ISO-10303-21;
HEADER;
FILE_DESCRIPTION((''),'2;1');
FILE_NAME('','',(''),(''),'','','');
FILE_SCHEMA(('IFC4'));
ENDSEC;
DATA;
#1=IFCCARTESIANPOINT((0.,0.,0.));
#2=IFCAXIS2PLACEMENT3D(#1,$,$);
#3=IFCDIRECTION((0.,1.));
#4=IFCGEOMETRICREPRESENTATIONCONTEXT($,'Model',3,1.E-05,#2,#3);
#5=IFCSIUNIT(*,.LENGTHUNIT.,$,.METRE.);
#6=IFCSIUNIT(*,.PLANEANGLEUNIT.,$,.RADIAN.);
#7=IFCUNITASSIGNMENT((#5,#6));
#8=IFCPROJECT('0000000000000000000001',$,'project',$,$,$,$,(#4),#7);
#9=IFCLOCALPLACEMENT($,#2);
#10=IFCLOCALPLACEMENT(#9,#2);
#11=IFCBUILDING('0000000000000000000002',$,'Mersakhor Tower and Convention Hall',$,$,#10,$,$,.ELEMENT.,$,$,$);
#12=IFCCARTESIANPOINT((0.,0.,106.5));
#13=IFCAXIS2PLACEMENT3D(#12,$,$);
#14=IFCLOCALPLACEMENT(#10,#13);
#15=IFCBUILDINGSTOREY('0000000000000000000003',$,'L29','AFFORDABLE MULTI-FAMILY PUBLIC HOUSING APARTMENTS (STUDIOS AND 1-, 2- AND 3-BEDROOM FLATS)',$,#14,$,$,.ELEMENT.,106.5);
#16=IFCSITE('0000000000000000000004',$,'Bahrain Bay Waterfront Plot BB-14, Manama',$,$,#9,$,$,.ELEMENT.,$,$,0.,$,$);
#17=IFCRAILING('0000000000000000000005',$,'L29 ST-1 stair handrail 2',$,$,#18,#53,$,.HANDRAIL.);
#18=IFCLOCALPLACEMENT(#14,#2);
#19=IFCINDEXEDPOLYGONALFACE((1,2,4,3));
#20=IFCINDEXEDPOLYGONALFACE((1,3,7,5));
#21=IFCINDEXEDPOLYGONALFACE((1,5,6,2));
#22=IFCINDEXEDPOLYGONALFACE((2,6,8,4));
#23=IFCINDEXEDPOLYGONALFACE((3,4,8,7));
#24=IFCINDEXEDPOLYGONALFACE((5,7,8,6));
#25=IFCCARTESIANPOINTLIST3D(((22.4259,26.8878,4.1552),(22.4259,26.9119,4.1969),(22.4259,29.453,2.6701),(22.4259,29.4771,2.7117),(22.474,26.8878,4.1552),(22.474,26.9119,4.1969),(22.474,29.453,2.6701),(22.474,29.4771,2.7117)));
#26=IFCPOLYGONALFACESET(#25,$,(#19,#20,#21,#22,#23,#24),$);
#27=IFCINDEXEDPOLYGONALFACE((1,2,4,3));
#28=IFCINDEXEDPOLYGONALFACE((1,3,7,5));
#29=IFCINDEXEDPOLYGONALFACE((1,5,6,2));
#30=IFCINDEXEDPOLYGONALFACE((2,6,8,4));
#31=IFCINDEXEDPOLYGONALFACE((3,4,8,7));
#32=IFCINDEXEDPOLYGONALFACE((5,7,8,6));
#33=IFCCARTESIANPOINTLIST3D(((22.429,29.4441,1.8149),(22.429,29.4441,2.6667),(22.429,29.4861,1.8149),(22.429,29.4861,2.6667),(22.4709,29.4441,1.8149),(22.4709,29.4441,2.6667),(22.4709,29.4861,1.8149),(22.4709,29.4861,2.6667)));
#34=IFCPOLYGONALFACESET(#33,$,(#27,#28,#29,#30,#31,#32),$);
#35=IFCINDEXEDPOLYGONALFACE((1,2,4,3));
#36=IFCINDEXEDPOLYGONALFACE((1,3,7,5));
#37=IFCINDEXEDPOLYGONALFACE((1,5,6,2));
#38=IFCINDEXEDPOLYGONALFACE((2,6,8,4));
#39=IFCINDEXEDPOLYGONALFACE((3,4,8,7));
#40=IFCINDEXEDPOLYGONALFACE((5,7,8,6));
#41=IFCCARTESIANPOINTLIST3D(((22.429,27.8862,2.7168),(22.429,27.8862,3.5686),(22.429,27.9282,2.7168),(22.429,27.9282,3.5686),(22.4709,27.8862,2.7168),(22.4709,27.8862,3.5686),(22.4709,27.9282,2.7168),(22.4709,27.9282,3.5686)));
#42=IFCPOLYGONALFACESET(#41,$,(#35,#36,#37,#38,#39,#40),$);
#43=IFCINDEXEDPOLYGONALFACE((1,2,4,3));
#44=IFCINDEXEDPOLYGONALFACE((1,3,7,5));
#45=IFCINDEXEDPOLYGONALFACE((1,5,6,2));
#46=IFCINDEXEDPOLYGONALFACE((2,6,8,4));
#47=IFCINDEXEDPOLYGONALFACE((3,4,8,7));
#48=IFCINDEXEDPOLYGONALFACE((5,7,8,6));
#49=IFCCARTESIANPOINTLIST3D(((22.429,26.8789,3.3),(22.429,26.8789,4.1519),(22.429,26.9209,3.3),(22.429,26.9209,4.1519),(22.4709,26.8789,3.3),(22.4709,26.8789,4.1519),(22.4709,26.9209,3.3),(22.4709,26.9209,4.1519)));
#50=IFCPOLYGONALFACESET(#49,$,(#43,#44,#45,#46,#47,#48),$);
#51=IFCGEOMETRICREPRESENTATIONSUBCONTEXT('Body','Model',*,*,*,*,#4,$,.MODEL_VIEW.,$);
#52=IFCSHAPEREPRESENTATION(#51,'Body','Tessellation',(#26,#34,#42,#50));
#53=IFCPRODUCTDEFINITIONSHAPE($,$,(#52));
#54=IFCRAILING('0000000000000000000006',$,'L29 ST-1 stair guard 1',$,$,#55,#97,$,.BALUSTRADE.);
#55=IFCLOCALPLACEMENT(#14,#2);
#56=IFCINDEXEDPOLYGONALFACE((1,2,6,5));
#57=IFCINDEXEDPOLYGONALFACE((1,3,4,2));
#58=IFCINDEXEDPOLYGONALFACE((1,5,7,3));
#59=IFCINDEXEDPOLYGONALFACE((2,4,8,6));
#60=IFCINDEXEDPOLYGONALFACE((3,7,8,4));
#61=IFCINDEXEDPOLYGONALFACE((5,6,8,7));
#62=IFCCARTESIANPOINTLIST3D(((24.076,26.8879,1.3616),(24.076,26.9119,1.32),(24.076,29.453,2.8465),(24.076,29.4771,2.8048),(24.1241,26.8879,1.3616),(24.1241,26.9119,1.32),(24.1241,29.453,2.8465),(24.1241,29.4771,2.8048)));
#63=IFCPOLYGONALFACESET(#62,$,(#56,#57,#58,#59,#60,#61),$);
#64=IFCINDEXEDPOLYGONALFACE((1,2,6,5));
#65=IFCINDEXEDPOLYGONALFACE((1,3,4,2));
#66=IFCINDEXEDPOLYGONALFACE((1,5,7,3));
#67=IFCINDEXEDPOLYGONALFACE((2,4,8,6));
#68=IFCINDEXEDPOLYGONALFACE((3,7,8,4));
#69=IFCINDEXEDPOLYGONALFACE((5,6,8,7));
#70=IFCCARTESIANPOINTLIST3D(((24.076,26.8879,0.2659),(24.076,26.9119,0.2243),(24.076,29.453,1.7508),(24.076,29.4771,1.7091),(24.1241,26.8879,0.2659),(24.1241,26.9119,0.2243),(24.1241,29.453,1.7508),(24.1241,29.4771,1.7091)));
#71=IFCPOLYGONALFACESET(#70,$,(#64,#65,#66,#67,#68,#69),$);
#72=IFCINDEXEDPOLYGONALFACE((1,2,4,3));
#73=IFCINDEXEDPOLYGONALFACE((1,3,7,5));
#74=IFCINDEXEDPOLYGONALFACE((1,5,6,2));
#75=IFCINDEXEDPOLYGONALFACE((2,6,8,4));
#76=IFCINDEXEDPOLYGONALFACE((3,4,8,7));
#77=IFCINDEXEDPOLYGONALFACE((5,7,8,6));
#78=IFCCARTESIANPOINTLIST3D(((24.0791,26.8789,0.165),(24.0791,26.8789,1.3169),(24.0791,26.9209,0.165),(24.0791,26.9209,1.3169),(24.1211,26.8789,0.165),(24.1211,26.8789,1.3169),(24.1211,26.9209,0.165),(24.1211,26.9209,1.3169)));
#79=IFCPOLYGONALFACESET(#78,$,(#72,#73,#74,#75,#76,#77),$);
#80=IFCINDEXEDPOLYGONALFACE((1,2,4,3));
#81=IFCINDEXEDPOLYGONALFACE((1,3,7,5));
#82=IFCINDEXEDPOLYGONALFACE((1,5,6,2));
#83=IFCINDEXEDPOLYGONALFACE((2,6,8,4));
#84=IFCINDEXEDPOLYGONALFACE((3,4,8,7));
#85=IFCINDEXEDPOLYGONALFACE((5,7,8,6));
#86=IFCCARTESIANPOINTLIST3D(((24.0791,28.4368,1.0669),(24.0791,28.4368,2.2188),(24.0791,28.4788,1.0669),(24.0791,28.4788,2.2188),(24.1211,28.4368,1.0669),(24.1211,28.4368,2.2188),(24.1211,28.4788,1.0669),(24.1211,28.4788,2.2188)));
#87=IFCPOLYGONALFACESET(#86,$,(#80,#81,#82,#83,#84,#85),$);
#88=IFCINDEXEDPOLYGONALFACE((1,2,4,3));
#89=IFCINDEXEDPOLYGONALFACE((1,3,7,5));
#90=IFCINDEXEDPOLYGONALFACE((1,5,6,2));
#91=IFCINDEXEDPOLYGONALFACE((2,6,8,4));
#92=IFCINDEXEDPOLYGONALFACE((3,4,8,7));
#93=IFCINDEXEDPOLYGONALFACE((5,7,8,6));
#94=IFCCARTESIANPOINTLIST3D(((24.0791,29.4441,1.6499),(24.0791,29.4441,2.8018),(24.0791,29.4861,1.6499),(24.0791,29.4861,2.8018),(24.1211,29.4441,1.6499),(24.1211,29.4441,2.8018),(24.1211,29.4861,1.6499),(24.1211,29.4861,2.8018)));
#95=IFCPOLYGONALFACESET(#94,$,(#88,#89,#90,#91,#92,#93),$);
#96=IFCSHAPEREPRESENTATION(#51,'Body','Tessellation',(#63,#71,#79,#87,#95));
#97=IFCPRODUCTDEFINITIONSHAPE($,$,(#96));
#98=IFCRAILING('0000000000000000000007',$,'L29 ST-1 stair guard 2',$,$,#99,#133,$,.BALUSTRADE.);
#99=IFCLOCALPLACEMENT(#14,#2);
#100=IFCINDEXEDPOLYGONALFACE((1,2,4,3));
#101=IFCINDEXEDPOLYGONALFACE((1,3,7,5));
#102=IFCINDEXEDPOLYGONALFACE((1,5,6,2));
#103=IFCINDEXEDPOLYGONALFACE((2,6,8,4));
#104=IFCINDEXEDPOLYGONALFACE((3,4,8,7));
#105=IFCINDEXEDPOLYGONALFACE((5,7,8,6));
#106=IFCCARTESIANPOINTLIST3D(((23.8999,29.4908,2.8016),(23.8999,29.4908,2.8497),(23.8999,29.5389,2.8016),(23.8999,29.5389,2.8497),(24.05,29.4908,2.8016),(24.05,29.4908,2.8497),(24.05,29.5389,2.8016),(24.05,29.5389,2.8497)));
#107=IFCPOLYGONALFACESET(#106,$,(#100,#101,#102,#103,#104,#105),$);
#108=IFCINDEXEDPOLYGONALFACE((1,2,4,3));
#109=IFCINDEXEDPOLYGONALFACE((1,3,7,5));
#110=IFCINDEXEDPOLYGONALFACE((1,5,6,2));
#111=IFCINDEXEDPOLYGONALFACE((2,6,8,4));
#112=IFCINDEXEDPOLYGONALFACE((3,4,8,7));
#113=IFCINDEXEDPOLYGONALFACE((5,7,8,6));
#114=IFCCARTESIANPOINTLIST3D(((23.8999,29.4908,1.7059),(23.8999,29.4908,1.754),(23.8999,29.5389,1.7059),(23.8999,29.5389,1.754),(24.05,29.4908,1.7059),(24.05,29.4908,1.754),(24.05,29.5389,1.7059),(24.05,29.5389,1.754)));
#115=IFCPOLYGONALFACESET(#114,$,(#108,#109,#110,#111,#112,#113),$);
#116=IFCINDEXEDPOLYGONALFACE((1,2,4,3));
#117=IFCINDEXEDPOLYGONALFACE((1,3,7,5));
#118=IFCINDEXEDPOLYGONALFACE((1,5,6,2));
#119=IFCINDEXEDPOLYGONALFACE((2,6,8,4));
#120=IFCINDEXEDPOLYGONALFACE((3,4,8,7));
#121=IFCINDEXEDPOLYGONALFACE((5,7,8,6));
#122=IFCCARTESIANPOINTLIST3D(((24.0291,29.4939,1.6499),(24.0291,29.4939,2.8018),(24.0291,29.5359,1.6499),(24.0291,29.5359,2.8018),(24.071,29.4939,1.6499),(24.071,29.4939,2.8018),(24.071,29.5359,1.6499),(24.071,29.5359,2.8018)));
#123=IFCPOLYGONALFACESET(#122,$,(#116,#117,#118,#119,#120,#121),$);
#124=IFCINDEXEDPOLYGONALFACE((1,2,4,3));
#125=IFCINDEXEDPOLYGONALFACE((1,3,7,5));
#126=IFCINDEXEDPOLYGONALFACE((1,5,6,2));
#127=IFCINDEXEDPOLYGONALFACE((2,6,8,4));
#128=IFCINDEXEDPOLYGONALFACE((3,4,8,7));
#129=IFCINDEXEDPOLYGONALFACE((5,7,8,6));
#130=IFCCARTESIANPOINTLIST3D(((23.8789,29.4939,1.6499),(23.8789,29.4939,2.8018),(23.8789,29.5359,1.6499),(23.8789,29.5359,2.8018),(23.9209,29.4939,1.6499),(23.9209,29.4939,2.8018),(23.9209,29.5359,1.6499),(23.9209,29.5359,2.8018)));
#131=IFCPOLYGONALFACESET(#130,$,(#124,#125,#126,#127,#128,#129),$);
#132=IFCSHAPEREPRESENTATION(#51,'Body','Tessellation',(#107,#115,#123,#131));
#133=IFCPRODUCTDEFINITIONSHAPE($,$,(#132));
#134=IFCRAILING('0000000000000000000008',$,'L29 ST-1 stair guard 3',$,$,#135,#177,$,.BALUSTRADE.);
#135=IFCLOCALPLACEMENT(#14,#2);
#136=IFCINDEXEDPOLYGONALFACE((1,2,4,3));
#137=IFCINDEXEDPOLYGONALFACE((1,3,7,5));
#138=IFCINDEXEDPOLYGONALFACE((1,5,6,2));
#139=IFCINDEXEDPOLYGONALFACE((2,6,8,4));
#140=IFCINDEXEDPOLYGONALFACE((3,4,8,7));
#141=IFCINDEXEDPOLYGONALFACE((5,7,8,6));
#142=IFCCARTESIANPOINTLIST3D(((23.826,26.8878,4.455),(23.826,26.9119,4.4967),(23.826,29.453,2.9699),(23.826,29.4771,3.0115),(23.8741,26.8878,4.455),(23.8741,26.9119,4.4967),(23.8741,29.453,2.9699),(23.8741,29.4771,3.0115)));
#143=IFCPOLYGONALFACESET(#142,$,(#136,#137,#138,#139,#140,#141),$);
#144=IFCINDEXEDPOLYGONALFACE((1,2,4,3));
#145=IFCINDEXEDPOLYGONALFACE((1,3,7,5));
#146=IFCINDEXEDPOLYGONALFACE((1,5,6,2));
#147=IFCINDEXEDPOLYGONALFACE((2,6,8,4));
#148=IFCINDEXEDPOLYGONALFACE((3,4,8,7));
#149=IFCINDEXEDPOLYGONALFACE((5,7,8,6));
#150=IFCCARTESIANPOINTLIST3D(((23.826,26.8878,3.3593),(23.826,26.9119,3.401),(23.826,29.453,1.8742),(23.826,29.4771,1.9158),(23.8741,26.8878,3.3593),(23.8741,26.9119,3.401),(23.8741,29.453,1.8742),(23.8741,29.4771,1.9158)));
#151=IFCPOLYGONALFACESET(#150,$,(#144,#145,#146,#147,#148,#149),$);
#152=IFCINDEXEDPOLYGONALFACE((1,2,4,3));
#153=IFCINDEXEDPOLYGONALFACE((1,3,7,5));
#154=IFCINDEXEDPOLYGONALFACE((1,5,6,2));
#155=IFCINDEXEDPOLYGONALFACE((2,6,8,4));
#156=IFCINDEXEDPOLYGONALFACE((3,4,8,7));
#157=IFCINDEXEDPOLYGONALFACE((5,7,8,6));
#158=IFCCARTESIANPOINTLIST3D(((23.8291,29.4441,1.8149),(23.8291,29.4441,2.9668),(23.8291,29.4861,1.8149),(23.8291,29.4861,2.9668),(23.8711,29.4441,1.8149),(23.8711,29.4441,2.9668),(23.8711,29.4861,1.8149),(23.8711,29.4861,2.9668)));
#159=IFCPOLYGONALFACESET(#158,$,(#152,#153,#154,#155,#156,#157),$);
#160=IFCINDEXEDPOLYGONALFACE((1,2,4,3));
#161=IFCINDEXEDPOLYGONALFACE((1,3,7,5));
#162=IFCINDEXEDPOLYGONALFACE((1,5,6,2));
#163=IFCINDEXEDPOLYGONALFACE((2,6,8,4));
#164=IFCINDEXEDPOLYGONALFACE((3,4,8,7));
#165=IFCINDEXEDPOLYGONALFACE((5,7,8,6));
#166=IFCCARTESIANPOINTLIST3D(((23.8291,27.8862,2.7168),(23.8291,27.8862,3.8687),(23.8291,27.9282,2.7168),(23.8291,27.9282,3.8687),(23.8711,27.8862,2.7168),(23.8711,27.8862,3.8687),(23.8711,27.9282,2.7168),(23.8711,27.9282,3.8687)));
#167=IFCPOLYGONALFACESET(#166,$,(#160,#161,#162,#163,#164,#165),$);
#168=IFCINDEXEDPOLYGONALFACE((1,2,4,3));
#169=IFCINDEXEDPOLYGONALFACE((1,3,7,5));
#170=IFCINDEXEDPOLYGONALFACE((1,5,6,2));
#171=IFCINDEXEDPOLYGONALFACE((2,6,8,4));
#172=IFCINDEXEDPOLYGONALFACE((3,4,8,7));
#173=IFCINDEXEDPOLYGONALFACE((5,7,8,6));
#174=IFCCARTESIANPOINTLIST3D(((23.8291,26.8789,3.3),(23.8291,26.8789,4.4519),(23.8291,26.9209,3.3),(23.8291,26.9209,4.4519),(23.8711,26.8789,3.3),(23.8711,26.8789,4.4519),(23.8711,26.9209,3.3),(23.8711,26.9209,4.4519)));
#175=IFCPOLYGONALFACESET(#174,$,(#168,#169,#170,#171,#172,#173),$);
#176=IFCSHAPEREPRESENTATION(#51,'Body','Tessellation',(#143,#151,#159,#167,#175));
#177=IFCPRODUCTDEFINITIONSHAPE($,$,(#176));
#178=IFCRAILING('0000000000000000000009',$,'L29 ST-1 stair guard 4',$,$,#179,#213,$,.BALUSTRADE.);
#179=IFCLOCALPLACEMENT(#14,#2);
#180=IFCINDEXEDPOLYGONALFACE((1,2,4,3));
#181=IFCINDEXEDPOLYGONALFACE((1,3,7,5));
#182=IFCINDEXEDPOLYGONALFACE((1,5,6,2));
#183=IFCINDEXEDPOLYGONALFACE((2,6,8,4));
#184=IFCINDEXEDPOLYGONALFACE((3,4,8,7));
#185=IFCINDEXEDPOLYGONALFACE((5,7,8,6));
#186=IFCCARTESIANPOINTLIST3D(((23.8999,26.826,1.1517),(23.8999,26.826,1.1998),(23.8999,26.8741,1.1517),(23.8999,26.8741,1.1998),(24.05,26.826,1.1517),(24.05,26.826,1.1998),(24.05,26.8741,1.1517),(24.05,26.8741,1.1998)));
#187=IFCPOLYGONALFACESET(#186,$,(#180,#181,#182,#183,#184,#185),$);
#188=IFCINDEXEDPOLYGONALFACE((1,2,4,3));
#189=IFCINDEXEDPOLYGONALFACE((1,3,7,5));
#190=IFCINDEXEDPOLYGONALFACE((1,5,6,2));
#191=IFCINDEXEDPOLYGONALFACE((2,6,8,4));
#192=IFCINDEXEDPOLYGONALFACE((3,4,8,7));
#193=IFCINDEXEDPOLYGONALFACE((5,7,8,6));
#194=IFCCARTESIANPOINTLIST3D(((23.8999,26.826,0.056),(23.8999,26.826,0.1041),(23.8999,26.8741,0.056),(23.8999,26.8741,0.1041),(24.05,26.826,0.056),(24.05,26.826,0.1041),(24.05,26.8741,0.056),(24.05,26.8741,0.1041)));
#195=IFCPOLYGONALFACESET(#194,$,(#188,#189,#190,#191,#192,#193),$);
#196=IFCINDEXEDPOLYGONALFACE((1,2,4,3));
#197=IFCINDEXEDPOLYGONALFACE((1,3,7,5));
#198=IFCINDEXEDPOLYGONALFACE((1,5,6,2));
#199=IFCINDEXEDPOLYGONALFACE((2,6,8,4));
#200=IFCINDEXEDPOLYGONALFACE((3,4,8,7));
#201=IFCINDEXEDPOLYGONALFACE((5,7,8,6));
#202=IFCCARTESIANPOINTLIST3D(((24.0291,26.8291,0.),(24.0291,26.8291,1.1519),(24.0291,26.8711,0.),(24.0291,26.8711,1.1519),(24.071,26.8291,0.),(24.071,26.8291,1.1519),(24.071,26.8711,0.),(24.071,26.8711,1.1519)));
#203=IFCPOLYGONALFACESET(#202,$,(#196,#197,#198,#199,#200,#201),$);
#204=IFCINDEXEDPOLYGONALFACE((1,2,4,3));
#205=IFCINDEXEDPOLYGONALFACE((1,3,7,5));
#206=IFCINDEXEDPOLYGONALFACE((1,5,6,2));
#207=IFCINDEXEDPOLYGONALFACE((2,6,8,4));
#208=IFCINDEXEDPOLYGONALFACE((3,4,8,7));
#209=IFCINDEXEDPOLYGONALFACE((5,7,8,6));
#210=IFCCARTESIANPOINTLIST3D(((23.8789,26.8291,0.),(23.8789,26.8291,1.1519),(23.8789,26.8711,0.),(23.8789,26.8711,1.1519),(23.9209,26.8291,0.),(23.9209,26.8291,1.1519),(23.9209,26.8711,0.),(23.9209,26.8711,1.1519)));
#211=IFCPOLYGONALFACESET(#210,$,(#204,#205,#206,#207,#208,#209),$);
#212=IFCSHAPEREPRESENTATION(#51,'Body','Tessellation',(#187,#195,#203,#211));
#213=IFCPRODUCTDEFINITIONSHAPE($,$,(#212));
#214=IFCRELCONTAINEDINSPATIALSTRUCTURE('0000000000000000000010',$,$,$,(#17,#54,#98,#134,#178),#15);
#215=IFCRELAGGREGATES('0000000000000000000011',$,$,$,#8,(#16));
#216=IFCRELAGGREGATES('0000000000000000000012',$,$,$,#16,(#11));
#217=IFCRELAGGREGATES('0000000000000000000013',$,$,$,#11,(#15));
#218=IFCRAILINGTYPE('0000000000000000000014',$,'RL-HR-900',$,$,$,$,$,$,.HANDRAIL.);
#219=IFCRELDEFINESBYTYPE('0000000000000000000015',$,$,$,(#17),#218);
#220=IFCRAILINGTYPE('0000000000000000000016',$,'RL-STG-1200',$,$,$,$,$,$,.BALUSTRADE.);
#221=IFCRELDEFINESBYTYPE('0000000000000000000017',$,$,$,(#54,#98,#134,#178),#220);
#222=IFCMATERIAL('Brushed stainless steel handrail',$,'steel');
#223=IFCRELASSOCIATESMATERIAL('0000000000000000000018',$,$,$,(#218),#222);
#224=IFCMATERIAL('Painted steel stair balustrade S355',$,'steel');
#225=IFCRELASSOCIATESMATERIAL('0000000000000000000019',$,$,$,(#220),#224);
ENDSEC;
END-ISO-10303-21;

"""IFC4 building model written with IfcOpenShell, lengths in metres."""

from ifc_helpers import new_model, si_unit, direction, frame, origin, origin_2d, place, context, subcontext, project, spatial, rectangle, extrude, material, type_object, element, save


model = new_model("IFC4")

# Units and contexts
model_context = context("Model", 3, precision=1e-05, world=origin(), true_north=direction((0.0, 1.0)))
body_context = subcontext(model_context, "Body", "Model", "MODEL_VIEW")
ifc_project = project(units=[si_unit("LENGTHUNIT", "METRE"), si_unit("PLANEANGLEUNIT", "RADIAN")], contexts=[model_context])

# Site, building, storey
site_placement = place(None, origin())
site = spatial("IfcSite", under=ifc_project, at=site_placement, Name="Bahrain Bay Waterfront Plot BB-14, Manama", CompositionType="ELEMENT", RefElevation=0.0)
building_placement = place(site_placement, origin())
building = spatial("IfcBuilding", under=site, at=building_placement, Name="Mersakhor Tower and Convention Hall", CompositionType="ELEMENT")
storey_placement = place(building_placement, frame((0.0, 0.0, 106.5)))
storey = spatial("IfcBuildingStorey", under=building, at=storey_placement, Name="L29", Description="AFFORDABLE MULTI-FAMILY PUBLIC HOUSING APARTMENTS (STUDIOS AND 1-, 2- AND 3-BEDROOM FLATS)", CompositionType="ELEMENT", Elevation=106.5)

# Railings
ifc_material_1 = material(Name="Brushed stainless steel handrail", Category="steel")
railing_type_1 = type_object("IfcRailingType", Name="RL-HR-900", PredefinedType="HANDRAIL", material=ifc_material_1)
railing_1_placement = place(storey_placement, frame((22.45, 29.4651, 1.8149)))
element("IfcRailing", 1, at=railing_1_placement, inside=storey, type_object=railing_type_1, Name="L29 ST-1 stair handrail 2", PredefinedType="HANDRAIL", context=body_context, shape_type="SweptSolid", body=[
    extrude(rectangle(XDim=0.0481, YDim=0.0481, at=origin_2d()), frame((0.0, 0.0, 0.876), z_axis=(0.0, -0.865426, 0.501036), x_axis=(1.0, 0.0, 0.0)), (0.0, 0.0, 1.0), 2.9641),
    extrude(rectangle(XDim=0.042, YDim=0.042, at=origin_2d()), origin(), (0.0, 0.0, 1.0), 0.8518),
    extrude(rectangle(XDim=0.042, YDim=0.042, at=origin_2d()), frame((0.0, -1.5579, 0.9019)), (0.0, 0.0, 1.0), 0.8518),
    extrude(rectangle(XDim=0.042, YDim=0.042, at=origin_2d()), frame((0.0, -2.5652, 1.4851)), (0.0, 0.0, 1.0), 0.8518),
])
ifc_material_2 = material(Name="Painted steel stair balustrade S355", Category="steel")
railing_type_2 = type_object("IfcRailingType", Name="RL-STG-1200", PredefinedType="BALUSTRADE", material=ifc_material_2)
railing_2_placement = place(storey_placement, frame((24.1001, 26.8999, 0.165)))
element("IfcRailing", 2, at=railing_2_placement, inside=storey, type_object=railing_type_2, Name="L29 ST-1 stair guard 1", PredefinedType="BALUSTRADE", context=body_context, shape_type="SweptSolid", body=[
    extrude(rectangle(XDim=0.0481, YDim=0.0481, at=origin_2d()), frame((0.0, 0.0, 1.1758), z_axis=(0.0, 0.865462, 0.500975), x_axis=(-1.0, 0.0, 0.0)), (0.0, 0.0, 1.0), 2.9639),
    extrude(rectangle(XDim=0.0481, YDim=0.0481, at=origin_2d()), frame((0.0, 0.0, 0.0801), z_axis=(0.0, 0.865462, 0.500975), x_axis=(-1.0, 0.0, 0.0)), (0.0, 0.0, 1.0), 2.9639),
    extrude(rectangle(XDim=0.042, YDim=0.042, at=origin_2d()), origin(), (0.0, 0.0, 1.0), 1.1519),
    extrude(rectangle(XDim=0.042, YDim=0.042, at=origin_2d()), frame((0.0, 1.5579, 0.9019)), (0.0, 0.0, 1.0), 1.1519),
    extrude(rectangle(XDim=0.042, YDim=0.042, at=origin_2d()), frame((0.0, 2.5652, 1.4849)), (0.0, 0.0, 1.0), 1.1519),
])
railing_3_placement = place(storey_placement, frame((24.05, 29.5149, 1.6499)))
element("IfcRailing", 3, at=railing_3_placement, inside=storey, type_object=railing_type_2, Name="L29 ST-1 stair guard 2", PredefinedType="BALUSTRADE", context=body_context, shape_type="SweptSolid", body=[
    extrude(rectangle(XDim=0.0481, YDim=0.0481, at=origin_2d()), frame((0.0, 0.0, 1.1758), z_axis=(-1.0, 0.0, 0.0), x_axis=(0.0, -1.0, 0.0)), (0.0, 0.0, 1.0), 0.1501),
    extrude(rectangle(XDim=0.0481, YDim=0.0481, at=origin_2d()), frame((0.0, 0.0, 0.0801), z_axis=(-1.0, 0.0, 0.0), x_axis=(0.0, -1.0, 0.0)), (0.0, 0.0, 1.0), 0.1501),
    extrude(rectangle(XDim=0.042, YDim=0.042, at=origin_2d()), origin(), (0.0, 0.0, 1.0), 1.1519),
    extrude(rectangle(XDim=0.042, YDim=0.042, at=origin_2d()), frame((-0.1501, 0.0, 0.0)), (0.0, 0.0, 1.0), 1.1519),
])
railing_4_placement = place(storey_placement, frame((23.8501, 29.4651, 1.8149)))
element("IfcRailing", 4, at=railing_4_placement, inside=storey, type_object=railing_type_2, Name="L29 ST-1 stair guard 3", PredefinedType="BALUSTRADE", context=body_context, shape_type="SweptSolid", body=[
    extrude(rectangle(XDim=0.0481, YDim=0.0481, at=origin_2d()), frame((0.0, 0.0, 1.1758), z_axis=(0.0, -0.865426, 0.501036), x_axis=(1.0, 0.0, 0.0)), (0.0, 0.0, 1.0), 2.9641),
    extrude(rectangle(XDim=0.0481, YDim=0.0481, at=origin_2d()), frame((0.0, 0.0, 0.0801), z_axis=(0.0, -0.865426, 0.501036), x_axis=(1.0, 0.0, 0.0)), (0.0, 0.0, 1.0), 2.9641),
    extrude(rectangle(XDim=0.042, YDim=0.042, at=origin_2d()), origin(), (0.0, 0.0, 1.0), 1.1519),
    extrude(rectangle(XDim=0.042, YDim=0.042, at=origin_2d()), frame((0.0, -1.5579, 0.9019)), (0.0, 0.0, 1.0), 1.1519),
    extrude(rectangle(XDim=0.042, YDim=0.042, at=origin_2d()), frame((0.0, -2.5652, 1.4851)), (0.0, 0.0, 1.0), 1.1519),
])
railing_5_placement = place(storey_placement, frame((24.05, 26.8501, 0.0)))
element("IfcRailing", 5, at=railing_5_placement, inside=storey, type_object=railing_type_2, Name="L29 ST-1 stair guard 4", PredefinedType="BALUSTRADE", context=body_context, shape_type="SweptSolid", body=[
    extrude(rectangle(XDim=0.0481, YDim=0.0481, at=origin_2d()), frame((0.0, 0.0, 1.1758), z_axis=(-1.0, 0.0, 0.0), x_axis=(0.0, -1.0, 0.0)), (0.0, 0.0, 1.0), 0.1501),
    extrude(rectangle(XDim=0.0481, YDim=0.0481, at=origin_2d()), frame((0.0, 0.0, 0.0801), z_axis=(-1.0, 0.0, 0.0), x_axis=(0.0, -1.0, 0.0)), (0.0, 0.0, 1.0), 0.1501),
    extrude(rectangle(XDim=0.042, YDim=0.042, at=origin_2d()), origin(), (0.0, 0.0, 1.0), 1.1519),
    extrude(rectangle(XDim=0.042, YDim=0.042, at=origin_2d()), frame((-0.1501, 0.0, 0.0)), (0.0, 0.0, 1.0), 1.1519),
])

save(model, "model.ifc")
